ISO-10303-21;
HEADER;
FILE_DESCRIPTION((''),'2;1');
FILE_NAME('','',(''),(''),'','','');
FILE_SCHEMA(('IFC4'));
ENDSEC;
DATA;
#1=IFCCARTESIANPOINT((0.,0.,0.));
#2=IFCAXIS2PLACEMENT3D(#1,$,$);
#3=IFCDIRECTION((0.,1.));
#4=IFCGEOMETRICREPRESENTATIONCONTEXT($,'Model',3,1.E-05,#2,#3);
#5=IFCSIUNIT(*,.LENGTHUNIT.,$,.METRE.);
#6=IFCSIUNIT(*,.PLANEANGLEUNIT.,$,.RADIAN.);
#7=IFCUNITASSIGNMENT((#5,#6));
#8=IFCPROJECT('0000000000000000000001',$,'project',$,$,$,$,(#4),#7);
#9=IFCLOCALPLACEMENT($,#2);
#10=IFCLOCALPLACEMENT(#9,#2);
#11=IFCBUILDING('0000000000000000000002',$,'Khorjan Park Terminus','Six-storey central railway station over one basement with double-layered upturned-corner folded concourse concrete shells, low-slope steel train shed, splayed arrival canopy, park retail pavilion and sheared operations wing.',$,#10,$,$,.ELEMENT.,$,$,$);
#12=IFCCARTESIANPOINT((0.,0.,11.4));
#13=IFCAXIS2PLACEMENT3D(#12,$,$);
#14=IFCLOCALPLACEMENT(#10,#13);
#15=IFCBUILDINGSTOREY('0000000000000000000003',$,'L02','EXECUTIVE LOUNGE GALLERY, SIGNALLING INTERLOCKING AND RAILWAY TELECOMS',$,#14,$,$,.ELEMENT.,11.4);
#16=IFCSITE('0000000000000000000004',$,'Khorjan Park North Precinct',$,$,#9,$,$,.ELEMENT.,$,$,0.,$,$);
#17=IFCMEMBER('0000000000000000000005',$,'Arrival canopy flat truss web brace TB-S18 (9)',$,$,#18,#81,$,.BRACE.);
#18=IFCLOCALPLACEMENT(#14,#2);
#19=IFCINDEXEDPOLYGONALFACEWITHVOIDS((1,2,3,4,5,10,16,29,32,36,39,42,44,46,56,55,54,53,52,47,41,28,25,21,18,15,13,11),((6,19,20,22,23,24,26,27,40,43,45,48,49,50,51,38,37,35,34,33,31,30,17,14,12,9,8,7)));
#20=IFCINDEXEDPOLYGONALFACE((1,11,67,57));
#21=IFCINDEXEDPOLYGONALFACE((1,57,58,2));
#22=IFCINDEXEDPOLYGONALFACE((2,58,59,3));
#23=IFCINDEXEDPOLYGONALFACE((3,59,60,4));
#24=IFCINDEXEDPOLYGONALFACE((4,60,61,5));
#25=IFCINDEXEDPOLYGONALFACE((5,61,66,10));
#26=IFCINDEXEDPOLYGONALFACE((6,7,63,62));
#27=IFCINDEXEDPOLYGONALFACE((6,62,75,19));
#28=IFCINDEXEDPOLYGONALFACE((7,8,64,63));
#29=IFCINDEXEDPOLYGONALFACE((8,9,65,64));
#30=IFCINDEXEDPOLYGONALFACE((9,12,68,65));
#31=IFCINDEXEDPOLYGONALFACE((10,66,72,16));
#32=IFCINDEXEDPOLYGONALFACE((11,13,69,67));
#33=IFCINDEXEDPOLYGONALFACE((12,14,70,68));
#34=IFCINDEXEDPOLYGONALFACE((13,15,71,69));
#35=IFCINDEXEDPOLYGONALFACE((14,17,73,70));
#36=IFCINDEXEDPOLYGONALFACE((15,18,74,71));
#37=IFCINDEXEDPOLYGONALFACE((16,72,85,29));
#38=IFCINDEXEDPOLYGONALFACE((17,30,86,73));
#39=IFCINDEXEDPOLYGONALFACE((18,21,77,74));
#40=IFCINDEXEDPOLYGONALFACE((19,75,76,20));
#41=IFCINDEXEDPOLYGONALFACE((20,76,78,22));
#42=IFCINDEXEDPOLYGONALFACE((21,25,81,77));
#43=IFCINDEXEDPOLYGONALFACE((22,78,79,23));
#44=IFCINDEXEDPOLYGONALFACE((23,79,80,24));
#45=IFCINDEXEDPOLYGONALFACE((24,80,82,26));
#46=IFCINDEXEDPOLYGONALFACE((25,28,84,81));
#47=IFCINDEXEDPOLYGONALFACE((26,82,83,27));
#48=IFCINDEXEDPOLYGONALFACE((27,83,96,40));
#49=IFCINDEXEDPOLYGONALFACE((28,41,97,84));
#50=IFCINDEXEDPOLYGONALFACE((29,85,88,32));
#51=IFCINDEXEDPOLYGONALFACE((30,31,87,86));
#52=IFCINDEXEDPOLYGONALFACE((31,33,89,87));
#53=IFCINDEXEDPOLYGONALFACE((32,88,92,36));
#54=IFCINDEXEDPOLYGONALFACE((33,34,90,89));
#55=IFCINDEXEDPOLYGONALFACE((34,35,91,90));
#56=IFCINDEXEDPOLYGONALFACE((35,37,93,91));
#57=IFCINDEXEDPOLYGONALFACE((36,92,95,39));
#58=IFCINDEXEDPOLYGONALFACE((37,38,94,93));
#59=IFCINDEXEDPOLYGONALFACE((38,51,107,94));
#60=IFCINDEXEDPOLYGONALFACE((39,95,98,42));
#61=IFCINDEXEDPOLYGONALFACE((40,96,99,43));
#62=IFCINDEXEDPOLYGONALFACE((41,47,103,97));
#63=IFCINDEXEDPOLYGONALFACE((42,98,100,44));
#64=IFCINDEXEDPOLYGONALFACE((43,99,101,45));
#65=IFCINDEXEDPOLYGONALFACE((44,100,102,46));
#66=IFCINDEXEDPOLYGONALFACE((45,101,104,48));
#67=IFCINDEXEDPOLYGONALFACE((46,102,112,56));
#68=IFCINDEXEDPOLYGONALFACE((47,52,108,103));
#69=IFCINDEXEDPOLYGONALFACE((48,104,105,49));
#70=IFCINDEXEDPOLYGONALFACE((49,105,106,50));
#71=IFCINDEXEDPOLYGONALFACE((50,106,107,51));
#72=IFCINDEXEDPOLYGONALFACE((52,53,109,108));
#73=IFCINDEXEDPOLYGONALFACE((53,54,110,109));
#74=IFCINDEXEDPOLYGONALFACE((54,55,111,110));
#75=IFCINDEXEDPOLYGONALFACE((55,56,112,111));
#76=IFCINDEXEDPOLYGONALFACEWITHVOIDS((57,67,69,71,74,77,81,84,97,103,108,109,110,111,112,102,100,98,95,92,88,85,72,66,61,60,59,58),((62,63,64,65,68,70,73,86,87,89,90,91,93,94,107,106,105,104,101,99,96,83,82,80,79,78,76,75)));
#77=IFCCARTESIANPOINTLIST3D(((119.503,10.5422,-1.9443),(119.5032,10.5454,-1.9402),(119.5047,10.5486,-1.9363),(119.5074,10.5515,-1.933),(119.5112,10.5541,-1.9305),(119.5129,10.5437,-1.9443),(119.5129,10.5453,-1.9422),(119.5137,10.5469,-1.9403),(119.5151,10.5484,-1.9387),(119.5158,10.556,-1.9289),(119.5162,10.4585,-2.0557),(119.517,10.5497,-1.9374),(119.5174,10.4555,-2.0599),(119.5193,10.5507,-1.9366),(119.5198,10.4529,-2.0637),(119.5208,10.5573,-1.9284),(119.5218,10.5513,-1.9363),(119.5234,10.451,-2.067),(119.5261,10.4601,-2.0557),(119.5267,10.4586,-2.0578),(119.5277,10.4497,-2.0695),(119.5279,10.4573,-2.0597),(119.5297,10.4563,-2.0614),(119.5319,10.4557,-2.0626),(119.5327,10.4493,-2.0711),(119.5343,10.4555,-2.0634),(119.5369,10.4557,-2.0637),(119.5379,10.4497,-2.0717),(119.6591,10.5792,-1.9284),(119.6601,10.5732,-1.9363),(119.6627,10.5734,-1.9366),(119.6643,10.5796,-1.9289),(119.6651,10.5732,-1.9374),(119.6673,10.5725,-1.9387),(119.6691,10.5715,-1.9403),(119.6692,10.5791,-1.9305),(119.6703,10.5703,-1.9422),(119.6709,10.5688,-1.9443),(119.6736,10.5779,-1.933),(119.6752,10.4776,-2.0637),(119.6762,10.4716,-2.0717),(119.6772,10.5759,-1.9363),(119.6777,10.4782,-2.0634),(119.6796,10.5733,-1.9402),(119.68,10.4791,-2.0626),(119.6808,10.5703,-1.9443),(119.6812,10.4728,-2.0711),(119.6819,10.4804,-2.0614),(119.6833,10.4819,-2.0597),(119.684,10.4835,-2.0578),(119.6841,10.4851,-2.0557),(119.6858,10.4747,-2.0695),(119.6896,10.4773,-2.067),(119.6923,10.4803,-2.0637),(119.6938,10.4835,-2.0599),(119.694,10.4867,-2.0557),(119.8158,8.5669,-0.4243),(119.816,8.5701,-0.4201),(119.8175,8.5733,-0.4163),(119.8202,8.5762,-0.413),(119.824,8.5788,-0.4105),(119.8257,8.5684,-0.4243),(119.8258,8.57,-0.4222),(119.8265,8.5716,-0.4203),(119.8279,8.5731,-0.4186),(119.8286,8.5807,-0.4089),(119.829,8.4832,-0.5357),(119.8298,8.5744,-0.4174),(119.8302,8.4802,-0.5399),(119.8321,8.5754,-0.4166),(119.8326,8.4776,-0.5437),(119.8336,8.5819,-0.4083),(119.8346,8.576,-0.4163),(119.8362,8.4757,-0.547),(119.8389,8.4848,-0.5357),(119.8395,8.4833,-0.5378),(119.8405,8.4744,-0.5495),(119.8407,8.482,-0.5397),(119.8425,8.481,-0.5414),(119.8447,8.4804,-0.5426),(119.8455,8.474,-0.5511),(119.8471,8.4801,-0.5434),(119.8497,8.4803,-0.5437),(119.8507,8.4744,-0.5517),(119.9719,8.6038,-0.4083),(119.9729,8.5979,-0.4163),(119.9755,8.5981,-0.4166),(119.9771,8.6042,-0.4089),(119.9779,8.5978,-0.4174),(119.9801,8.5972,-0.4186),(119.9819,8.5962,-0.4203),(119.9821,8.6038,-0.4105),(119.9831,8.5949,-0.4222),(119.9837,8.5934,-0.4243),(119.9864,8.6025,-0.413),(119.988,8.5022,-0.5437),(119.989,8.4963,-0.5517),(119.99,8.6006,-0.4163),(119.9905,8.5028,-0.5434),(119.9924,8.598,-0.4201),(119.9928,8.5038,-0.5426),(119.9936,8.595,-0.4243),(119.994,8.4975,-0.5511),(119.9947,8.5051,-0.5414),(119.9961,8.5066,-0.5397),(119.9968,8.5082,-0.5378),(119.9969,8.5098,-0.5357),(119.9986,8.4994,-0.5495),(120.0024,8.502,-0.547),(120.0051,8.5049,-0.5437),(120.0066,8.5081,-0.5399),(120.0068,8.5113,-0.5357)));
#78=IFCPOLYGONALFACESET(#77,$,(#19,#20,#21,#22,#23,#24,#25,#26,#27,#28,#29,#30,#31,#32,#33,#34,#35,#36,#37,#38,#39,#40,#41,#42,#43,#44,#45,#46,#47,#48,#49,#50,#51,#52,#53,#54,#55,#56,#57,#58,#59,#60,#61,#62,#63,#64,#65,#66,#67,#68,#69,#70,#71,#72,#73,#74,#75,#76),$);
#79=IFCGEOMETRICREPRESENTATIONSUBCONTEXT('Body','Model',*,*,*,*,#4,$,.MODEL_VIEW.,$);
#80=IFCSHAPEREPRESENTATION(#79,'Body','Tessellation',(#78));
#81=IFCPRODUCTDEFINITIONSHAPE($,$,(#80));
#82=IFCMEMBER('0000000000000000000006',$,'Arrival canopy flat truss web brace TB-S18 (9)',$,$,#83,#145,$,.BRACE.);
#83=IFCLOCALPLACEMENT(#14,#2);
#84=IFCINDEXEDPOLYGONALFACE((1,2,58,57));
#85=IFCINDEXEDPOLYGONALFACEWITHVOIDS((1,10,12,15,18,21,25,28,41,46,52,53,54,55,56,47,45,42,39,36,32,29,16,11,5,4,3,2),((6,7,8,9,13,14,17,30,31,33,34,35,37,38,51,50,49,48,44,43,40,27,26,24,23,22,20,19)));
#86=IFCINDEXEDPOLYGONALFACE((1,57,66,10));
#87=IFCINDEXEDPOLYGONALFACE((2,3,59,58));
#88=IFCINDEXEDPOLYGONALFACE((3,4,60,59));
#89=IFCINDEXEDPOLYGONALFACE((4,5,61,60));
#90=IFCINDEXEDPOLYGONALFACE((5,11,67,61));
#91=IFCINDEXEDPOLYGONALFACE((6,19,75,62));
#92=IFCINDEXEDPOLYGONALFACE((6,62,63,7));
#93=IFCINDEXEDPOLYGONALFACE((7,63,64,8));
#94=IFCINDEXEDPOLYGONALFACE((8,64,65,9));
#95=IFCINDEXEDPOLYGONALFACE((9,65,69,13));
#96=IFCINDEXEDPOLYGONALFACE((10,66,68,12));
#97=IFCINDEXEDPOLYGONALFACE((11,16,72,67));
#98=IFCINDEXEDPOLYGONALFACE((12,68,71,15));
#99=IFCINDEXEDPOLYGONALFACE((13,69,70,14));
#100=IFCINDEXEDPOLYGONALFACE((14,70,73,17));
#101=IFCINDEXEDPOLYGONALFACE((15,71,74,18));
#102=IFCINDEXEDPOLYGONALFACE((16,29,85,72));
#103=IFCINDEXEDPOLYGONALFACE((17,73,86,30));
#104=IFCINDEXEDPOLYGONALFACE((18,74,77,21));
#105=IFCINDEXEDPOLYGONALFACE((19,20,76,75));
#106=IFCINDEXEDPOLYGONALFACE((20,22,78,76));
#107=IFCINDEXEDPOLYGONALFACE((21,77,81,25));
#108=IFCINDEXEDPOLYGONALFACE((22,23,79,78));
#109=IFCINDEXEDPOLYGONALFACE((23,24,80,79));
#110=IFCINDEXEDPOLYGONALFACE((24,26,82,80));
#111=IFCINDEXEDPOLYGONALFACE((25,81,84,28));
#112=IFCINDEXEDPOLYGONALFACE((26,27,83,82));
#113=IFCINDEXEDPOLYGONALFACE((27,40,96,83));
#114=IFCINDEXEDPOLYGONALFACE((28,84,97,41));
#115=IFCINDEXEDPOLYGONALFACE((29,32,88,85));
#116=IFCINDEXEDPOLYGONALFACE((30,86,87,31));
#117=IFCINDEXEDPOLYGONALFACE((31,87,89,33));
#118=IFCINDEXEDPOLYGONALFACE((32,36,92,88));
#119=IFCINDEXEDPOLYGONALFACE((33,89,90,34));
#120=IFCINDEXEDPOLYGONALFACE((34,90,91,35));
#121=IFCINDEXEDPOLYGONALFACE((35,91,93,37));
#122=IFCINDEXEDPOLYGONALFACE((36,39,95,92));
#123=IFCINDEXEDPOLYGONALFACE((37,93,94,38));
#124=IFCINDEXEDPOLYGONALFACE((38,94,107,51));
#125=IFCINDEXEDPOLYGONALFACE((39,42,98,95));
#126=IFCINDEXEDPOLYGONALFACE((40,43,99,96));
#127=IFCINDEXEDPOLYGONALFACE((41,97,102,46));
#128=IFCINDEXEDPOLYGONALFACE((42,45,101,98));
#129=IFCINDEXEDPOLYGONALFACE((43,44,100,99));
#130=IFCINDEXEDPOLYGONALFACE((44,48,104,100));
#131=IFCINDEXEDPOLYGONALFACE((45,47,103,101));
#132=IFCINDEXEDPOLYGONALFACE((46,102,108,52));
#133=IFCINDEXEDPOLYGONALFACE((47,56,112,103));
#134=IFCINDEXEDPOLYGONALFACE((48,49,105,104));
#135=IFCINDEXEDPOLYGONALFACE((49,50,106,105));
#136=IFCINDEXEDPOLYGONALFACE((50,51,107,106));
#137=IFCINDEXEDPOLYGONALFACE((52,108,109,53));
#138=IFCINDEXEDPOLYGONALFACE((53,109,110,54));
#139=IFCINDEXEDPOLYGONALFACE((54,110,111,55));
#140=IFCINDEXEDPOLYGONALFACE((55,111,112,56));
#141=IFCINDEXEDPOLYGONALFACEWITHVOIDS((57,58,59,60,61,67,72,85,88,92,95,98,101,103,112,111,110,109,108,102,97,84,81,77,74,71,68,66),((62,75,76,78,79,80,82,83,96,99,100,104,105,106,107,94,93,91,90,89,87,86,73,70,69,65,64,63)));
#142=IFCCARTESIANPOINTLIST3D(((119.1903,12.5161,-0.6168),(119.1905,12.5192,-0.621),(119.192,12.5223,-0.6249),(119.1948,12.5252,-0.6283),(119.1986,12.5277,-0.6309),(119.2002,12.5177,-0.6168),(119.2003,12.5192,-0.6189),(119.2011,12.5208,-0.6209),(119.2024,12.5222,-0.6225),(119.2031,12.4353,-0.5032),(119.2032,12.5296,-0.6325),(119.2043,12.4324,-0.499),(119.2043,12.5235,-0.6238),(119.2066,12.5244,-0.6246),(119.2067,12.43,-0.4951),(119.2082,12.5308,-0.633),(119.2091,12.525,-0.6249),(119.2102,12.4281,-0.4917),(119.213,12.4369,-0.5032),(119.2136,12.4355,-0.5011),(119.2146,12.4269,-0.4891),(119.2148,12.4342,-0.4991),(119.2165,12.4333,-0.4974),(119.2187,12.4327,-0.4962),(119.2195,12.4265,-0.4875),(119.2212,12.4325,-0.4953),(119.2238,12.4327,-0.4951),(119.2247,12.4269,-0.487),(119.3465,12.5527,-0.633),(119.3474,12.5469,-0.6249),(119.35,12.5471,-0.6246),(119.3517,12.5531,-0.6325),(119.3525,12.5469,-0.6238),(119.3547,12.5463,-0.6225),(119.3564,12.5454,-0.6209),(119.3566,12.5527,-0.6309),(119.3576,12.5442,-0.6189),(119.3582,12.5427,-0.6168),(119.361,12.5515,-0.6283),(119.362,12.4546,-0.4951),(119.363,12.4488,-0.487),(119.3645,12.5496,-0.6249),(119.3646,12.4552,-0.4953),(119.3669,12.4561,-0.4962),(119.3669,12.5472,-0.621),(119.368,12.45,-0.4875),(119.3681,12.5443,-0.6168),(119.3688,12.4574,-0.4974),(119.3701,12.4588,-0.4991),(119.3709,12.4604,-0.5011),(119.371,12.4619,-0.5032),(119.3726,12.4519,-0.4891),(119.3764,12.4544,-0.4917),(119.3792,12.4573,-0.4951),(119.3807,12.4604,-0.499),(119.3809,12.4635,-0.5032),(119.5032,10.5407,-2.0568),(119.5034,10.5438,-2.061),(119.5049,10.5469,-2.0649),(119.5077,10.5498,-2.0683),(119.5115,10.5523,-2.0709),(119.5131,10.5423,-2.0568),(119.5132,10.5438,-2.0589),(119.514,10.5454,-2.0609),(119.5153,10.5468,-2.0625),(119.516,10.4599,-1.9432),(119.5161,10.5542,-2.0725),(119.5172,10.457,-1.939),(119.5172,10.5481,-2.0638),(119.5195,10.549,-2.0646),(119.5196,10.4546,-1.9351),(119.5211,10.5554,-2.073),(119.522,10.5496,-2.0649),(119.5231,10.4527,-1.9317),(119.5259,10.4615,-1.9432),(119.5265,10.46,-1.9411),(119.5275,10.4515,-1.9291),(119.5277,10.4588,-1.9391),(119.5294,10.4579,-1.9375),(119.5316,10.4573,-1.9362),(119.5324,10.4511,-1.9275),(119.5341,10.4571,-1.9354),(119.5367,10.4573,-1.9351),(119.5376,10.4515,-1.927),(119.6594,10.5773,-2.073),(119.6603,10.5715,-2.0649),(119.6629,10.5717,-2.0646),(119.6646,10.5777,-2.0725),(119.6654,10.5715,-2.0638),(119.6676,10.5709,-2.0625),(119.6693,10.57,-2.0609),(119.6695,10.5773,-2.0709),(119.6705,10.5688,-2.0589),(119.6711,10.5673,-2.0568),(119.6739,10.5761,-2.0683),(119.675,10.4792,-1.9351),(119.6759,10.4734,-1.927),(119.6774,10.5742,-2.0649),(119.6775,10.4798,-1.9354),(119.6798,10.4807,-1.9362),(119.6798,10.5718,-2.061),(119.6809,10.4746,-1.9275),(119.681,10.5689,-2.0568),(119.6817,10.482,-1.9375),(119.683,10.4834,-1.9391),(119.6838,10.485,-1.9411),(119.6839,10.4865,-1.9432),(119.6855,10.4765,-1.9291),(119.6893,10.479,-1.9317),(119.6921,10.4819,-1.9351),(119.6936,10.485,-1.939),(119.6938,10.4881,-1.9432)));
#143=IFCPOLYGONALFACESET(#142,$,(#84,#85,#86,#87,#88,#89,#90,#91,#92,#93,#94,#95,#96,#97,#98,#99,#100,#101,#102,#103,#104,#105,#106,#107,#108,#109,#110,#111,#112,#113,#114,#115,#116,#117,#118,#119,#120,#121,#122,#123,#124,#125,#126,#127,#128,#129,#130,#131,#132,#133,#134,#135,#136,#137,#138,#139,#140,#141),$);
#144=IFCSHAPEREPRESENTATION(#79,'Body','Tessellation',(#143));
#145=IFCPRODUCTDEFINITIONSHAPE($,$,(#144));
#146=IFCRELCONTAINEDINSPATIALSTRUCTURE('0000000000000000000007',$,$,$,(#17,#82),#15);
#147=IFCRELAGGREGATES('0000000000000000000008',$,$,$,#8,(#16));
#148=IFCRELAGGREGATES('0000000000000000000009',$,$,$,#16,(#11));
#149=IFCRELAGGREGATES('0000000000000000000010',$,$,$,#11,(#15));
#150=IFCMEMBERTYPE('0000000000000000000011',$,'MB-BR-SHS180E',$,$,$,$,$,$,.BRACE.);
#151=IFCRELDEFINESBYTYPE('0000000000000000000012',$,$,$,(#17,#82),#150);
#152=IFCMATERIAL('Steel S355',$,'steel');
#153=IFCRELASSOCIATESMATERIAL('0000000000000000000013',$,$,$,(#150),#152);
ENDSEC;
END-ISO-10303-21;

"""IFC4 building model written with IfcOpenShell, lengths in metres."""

from ifc_helpers import new_model, si_unit, direction, frame, origin, origin_2d, place, context, subcontext, project, spatial, hollow_rectangle, extrude, material, material_profile, profile_set, type_object, element, save


model = new_model("IFC4")

# Units and contexts
model_context = context("Model", 3, precision=1e-05, world=origin(), true_north=direction((0.0, 1.0)))
body_context = subcontext(model_context, "Body", "Model", "MODEL_VIEW")
ifc_project = project(units=[si_unit("LENGTHUNIT", "METRE"), si_unit("PLANEANGLEUNIT", "RADIAN")], contexts=[model_context])

# Site, building, storey
site_placement = place(None, origin())
site = spatial("IfcSite", under=ifc_project, at=site_placement, Name="Khorjan Park North Precinct", CompositionType="ELEMENT", RefElevation=0.0)
building_placement = place(site_placement, origin())
building = spatial("IfcBuilding", under=site, at=building_placement, Name="Khorjan Park Terminus", Description="Six-storey central railway station over one basement with double-layered upturned-corner folded concourse concrete shells, low-slope steel train shed, splayed arrival canopy, park retail pavilion and sheared operations wing.", CompositionType="ELEMENT")
storey_placement = place(building_placement, frame((0.0, 0.0, 11.4)))
storey = spatial("IfcBuildingStorey", under=building, at=storey_placement, Name="L02", Description="EXECUTIVE LOUNGE GALLERY, SIGNALLING INTERLOCKING AND RAILWAY TELECOMS", CompositionType="ELEMENT", Elevation=11.4)

# Members
ifc_material = material(Name="Steel S355", Category="steel")
ifc_material_profile_1 = material_profile(ifc_material, hollow_rectangle(XDim=0.18, YDim=0.18, WallThickness=0.01, InnerFilletRadius=0.01, OuterFilletRadius=0.02, at=origin_2d()), Name="SHS 180x180x10")
ifc_profile_set_1 = profile_set([ifc_material_profile_1], Name="Steel S355")
member_type_1 = type_object("IfcMemberType", Name="MB-BR-SHS180E", PredefinedType="BRACE", material=ifc_profile_set_1)
member_1_placement = place(storey_placement, frame((119.9113, 8.5391, -0.48), z_axis=(-0.124523, 0.786351, -0.6051), x_axis=(-0.987693, -0.156407, 0.0)))
element("IfcMember", 1, at=member_1_placement, inside=storey, type_object=member_type_1, Name="Arrival canopy flat truss web brace TB-S18 (9)", PredefinedType="BRACE", context=body_context, shape_type="SweptSolid", body=[
    extrude(hollow_rectangle(XDim=0.18, YDim=0.18, WallThickness=0.01, InnerFilletRadius=0.01, OuterFilletRadius=0.02, at=origin_2d()), origin(), (0.0, 0.0, 1.0), 2.512),
])
for number, where, z_axis, x_axis, name in (
    (2, (119.5985, 10.5144, -2.0), (-0.126963, 0.801545, 0.584299), (-0.987686, -0.156448, 0.0), "Arrival canopy flat truss web brace TB-S18 (9)"),
):
    element("IfcMember", number, at=place(storey_placement, frame(where, z_axis=z_axis, x_axis=x_axis)), inside=storey, type_object=member_type_1, Name=name, PredefinedType="BRACE", context=body_context, shape_type="SweptSolid", body=[
        extrude(hollow_rectangle(XDim=0.18, YDim=0.18, WallThickness=0.01, InnerFilletRadius=0.01, OuterFilletRadius=0.02, at=origin_2d()), origin(), (0.0, 0.0, 1.0), 2.4645),
    ])

save(model, "model.ifc")
